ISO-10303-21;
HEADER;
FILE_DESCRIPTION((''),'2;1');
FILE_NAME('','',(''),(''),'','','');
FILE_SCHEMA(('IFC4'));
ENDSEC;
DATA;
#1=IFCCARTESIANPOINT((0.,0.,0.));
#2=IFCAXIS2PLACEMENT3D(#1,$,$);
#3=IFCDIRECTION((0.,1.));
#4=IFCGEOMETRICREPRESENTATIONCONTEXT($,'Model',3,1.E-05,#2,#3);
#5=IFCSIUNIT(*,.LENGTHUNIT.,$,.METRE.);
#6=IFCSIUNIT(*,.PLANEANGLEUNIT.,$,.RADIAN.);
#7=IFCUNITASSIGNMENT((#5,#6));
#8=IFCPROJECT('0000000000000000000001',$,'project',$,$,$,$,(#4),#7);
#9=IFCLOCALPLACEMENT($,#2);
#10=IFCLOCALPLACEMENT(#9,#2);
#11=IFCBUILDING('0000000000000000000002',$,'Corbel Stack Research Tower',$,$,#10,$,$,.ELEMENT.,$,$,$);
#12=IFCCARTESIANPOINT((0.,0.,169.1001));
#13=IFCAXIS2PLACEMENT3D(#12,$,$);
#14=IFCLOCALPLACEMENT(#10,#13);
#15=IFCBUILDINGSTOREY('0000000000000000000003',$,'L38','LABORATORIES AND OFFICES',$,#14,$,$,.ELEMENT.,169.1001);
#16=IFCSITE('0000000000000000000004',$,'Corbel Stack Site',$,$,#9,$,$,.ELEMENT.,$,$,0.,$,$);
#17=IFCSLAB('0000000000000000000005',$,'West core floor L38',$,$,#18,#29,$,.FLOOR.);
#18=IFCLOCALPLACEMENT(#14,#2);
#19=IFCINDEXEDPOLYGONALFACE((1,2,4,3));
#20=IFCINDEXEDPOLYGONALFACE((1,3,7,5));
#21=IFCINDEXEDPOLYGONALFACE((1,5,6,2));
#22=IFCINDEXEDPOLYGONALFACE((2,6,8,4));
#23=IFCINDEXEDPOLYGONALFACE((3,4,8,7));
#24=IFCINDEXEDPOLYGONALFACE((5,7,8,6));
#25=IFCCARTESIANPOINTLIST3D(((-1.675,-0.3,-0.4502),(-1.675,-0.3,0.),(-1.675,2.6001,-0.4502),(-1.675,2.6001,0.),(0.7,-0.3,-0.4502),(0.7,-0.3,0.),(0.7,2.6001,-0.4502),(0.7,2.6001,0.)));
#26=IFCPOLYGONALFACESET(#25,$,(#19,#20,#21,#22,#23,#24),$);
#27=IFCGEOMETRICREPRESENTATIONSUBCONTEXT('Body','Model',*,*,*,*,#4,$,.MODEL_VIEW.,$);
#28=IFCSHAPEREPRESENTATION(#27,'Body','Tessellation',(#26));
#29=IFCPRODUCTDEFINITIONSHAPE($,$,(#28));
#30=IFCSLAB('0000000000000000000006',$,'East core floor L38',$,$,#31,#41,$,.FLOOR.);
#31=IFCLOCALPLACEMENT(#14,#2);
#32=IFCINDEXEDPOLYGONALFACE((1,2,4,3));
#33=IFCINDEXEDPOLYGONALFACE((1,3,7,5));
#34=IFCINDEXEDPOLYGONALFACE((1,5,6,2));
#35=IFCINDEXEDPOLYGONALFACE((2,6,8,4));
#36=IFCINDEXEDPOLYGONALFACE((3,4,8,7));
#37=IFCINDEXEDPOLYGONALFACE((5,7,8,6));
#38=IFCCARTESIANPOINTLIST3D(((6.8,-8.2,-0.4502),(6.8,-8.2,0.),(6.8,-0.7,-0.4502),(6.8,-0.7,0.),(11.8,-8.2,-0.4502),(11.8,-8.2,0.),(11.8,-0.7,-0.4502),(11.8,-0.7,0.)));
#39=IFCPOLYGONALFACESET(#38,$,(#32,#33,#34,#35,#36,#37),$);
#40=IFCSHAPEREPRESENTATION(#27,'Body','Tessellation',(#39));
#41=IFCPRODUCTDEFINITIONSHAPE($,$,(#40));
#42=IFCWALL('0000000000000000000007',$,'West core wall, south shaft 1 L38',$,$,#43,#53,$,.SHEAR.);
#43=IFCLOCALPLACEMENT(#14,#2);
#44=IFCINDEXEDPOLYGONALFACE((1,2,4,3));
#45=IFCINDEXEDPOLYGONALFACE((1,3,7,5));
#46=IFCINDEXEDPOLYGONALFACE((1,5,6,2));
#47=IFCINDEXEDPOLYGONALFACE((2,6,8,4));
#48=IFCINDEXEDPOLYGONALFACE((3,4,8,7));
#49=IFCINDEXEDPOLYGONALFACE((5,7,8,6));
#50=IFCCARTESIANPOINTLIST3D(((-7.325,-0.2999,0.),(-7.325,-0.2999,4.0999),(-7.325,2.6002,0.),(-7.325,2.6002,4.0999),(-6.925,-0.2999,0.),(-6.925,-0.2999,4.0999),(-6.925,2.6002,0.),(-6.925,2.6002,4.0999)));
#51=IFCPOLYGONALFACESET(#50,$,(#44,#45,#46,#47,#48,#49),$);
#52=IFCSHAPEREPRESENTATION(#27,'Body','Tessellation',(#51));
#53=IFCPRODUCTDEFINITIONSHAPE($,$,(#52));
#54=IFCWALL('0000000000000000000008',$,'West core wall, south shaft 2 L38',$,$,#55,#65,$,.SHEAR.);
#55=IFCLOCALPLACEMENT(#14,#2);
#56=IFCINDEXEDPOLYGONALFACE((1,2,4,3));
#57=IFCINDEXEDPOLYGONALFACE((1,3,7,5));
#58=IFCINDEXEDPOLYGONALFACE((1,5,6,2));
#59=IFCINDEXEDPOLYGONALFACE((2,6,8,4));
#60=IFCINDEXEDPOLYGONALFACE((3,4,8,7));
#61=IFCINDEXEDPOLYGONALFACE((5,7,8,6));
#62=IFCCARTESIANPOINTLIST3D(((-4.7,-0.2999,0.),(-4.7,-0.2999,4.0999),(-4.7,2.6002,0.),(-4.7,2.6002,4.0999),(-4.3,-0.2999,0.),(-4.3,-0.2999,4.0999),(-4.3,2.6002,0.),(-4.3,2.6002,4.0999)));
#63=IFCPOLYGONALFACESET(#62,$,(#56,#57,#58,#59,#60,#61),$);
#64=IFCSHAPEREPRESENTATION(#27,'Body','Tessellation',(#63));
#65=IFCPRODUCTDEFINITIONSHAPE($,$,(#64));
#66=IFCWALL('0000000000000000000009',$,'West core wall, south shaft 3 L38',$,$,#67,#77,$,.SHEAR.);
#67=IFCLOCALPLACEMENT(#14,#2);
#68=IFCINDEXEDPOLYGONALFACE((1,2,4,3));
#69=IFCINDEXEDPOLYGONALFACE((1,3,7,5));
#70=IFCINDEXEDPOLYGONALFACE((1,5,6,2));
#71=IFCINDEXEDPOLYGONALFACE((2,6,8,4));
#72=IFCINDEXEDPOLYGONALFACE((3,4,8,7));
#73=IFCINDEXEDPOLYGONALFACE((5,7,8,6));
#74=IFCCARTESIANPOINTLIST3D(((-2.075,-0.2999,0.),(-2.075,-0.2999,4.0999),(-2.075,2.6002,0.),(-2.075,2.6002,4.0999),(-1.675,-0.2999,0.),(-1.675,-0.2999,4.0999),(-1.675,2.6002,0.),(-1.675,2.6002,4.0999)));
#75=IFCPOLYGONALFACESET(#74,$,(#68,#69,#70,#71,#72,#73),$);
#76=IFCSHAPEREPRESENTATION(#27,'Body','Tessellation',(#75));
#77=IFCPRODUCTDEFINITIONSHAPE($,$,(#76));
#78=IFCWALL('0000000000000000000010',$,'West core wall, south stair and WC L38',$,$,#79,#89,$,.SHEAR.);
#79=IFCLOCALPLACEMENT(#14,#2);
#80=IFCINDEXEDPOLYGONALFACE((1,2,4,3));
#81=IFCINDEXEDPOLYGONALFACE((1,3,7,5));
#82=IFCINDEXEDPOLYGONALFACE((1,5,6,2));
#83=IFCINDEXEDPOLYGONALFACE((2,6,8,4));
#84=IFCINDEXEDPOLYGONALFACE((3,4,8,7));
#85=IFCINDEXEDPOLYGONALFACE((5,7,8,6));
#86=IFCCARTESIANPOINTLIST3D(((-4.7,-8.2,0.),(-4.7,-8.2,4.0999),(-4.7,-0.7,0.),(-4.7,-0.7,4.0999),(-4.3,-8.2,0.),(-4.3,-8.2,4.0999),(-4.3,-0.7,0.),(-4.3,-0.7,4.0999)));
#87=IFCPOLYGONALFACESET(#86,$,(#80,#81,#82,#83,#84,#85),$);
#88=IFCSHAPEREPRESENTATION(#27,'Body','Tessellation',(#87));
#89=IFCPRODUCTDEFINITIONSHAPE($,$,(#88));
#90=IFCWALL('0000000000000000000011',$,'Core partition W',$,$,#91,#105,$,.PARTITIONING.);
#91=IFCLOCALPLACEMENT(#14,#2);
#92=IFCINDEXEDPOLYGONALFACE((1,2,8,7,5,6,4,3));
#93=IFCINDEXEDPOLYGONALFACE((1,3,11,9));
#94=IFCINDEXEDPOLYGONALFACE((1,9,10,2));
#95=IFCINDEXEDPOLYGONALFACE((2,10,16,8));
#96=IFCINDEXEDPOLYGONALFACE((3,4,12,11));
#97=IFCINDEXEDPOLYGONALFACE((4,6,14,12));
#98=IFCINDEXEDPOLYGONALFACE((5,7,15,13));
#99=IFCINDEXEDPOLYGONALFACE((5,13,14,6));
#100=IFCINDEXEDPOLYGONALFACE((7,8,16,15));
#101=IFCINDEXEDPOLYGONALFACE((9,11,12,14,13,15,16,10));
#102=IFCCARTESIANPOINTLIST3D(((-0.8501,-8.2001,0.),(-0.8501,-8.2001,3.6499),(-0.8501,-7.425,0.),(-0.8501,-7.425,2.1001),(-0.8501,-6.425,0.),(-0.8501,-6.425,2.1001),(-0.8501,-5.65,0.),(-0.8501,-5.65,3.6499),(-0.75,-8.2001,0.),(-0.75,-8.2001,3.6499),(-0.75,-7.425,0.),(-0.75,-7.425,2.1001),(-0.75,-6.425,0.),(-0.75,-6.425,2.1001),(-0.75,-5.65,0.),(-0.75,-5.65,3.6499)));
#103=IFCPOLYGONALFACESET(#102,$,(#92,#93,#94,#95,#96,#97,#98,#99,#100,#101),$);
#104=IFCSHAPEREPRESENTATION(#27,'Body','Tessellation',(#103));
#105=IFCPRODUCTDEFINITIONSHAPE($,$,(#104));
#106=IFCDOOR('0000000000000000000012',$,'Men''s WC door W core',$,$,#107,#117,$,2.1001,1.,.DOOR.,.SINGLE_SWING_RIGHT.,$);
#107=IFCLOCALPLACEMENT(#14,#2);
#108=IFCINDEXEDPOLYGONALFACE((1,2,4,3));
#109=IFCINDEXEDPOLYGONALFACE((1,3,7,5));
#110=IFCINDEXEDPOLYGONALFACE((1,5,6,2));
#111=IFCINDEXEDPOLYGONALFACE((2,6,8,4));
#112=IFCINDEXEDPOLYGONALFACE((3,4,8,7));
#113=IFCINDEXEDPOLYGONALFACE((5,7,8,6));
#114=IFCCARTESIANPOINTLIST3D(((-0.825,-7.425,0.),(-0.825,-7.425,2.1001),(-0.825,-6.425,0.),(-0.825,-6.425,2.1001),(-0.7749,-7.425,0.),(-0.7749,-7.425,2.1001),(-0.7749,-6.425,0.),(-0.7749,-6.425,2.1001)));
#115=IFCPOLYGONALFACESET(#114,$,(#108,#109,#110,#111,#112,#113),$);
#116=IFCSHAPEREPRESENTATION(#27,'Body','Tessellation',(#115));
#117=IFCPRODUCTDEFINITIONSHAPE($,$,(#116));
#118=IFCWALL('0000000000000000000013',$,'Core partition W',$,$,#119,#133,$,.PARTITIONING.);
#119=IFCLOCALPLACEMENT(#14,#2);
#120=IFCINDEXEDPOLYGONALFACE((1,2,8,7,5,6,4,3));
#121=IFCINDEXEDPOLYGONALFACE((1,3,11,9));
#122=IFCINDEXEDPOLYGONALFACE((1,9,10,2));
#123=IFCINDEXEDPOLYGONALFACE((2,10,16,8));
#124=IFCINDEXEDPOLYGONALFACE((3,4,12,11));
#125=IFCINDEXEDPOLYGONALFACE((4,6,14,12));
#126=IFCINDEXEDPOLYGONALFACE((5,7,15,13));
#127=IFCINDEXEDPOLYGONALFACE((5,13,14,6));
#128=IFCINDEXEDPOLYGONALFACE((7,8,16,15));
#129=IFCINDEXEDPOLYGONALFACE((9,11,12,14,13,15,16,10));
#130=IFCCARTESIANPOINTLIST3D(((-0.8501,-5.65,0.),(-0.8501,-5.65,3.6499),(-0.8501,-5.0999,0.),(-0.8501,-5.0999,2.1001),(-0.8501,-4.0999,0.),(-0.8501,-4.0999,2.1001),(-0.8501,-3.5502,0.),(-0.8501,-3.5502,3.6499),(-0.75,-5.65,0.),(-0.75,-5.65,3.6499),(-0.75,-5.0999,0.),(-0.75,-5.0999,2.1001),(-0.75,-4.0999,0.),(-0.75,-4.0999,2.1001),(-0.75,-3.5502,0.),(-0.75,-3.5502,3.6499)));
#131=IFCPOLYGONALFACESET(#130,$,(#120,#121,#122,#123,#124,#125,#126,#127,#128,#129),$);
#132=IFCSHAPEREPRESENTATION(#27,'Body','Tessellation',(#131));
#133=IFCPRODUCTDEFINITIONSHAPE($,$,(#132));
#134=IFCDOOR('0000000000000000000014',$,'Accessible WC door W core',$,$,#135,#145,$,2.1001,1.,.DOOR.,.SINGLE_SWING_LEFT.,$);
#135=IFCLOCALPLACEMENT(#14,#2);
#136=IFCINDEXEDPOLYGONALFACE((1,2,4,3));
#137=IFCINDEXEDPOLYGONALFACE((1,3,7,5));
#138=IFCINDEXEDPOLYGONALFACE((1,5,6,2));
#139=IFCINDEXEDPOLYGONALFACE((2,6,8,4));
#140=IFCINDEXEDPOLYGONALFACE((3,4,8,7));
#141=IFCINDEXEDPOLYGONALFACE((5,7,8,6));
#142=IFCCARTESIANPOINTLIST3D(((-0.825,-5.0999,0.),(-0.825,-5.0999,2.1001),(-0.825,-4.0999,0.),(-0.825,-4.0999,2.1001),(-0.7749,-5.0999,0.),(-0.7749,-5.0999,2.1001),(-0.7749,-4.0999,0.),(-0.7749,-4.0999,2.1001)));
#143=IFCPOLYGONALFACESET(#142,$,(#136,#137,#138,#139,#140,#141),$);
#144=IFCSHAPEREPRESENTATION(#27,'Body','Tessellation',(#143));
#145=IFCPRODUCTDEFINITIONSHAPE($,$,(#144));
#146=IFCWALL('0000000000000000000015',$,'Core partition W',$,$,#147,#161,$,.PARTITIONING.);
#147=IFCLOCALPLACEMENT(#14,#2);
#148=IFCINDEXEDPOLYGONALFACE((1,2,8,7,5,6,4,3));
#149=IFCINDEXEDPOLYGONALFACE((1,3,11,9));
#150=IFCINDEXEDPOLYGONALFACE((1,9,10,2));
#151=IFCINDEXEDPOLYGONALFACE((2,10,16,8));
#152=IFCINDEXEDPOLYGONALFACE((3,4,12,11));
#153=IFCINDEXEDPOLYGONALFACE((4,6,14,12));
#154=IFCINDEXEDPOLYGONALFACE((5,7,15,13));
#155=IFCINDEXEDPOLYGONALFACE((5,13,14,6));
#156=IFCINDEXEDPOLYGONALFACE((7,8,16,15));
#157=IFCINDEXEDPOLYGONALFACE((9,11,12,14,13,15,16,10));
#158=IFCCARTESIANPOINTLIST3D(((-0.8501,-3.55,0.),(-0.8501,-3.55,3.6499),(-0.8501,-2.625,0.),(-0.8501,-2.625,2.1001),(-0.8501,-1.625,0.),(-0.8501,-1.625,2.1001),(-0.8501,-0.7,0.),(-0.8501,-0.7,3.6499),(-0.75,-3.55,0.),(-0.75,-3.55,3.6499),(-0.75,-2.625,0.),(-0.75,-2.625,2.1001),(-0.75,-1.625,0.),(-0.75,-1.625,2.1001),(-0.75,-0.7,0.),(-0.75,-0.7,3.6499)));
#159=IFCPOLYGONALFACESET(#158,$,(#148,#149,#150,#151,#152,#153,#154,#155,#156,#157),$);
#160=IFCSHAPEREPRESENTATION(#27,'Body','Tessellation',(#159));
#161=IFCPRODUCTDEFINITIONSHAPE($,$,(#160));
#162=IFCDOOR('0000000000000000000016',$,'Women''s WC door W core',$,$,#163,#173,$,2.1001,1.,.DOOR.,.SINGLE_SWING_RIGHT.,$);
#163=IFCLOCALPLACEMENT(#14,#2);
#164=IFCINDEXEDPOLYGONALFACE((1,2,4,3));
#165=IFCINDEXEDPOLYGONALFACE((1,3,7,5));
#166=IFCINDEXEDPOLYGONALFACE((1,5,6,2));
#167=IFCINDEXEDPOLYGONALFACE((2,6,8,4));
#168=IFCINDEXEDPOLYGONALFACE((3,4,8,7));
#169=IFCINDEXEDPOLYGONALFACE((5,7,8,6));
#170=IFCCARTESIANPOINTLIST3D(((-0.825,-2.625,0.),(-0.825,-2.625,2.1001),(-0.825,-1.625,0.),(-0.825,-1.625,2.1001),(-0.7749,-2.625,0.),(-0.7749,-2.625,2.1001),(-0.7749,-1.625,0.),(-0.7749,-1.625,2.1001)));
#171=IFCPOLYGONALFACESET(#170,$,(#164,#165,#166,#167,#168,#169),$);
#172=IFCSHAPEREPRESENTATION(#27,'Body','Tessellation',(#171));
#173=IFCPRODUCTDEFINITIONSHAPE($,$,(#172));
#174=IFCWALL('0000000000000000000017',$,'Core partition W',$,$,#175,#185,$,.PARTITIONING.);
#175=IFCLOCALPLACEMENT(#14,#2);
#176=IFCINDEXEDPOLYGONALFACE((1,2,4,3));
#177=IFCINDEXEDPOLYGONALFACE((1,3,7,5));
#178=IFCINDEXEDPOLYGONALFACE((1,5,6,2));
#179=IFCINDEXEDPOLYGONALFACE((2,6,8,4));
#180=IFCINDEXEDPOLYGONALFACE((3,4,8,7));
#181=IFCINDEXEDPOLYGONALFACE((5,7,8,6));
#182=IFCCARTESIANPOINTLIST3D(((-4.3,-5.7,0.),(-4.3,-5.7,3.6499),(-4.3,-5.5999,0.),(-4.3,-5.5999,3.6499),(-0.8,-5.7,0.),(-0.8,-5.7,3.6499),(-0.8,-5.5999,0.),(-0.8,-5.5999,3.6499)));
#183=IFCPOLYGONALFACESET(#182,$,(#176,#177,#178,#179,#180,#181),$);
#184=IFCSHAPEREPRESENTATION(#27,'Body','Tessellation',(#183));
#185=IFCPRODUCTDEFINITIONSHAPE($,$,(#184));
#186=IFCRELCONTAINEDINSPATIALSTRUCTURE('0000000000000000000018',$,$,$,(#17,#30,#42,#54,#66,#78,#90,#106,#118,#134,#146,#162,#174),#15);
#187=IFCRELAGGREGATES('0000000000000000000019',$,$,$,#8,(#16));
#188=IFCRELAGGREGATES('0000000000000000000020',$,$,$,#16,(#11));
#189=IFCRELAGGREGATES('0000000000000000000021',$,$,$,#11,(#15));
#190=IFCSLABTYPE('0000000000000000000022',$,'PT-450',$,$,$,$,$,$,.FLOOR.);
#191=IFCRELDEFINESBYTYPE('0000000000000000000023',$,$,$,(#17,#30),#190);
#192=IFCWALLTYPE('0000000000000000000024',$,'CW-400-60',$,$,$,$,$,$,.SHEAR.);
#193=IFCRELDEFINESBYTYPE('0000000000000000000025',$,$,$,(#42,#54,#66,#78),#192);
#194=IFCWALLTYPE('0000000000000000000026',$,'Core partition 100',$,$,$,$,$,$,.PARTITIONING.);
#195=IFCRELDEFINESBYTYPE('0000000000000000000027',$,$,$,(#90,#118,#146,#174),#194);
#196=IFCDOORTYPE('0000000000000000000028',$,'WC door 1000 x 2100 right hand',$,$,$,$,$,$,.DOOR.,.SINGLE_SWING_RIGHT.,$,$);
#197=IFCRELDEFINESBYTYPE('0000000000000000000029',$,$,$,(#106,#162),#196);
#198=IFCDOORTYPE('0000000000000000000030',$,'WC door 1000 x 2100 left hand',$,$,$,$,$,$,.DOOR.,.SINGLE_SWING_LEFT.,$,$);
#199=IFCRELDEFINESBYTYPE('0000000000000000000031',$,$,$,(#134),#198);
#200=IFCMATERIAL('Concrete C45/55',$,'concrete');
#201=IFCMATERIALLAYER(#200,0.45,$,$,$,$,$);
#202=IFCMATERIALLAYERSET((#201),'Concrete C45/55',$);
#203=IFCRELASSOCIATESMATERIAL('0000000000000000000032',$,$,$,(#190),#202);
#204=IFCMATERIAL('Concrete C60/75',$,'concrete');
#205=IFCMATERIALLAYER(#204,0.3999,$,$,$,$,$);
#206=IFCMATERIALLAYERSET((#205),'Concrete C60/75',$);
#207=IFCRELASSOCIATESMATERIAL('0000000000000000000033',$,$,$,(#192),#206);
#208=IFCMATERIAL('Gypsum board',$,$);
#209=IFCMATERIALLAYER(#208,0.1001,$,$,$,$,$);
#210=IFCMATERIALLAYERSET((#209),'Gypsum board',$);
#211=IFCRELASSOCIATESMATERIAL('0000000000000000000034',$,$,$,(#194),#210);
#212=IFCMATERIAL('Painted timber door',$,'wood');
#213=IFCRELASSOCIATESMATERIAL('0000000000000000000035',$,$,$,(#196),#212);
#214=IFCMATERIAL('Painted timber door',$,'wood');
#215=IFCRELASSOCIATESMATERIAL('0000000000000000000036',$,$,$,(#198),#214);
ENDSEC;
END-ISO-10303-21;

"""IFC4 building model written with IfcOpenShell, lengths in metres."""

from ifc_helpers import new_model, si_unit, direction, frame, frame_2d, origin, place, context, subcontext, project, spatial, polyline, rectangle, outline, extrude, material, layer, layer_set, type_object, element, fill, save


model = new_model("IFC4")

# Units and contexts
model_context = context("Model", 3, precision=1e-05, world=origin(), true_north=direction((0.0, 1.0)))
body_context = subcontext(model_context, "Body", "Model", "MODEL_VIEW")
ifc_project = project(units=[si_unit("LENGTHUNIT", "METRE"), si_unit("PLANEANGLEUNIT", "RADIAN")], contexts=[model_context])

# Site, building, storey
site_placement = place(None, origin())
site = spatial("IfcSite", under=ifc_project, at=site_placement, Name="Corbel Stack Site", CompositionType="ELEMENT", RefElevation=0.0)
building_placement = place(site_placement, origin())
building = spatial("IfcBuilding", under=site, at=building_placement, Name="Corbel Stack Research Tower", CompositionType="ELEMENT")
storey_placement = place(building_placement, frame((0.0, 0.0, 169.1001)))
storey = spatial("IfcBuildingStorey", under=building, at=storey_placement, Name="L38", Description="LABORATORIES AND OFFICES", CompositionType="ELEMENT", Elevation=169.1001)

# Slabs
ifc_material_1 = material(Name="Concrete C45/55", Category="concrete")
ifc_layer_1 = layer(ifc_material_1, 0.45)
ifc_layer_set_1 = layer_set([ifc_layer_1], Name="Concrete C45/55")
slab_type = type_object("IfcSlabType", Name="PT-450", PredefinedType="FLOOR", material=ifc_layer_set_1)
slab_1_placement = place(storey_placement, frame((0.0, 0.0, -0.4502)))
element("IfcSlab", 1, at=slab_1_placement, inside=storey, type_object=slab_type, Name="West core floor L38", PredefinedType="FLOOR", context=body_context, shape_type="SweptSolid", body=[
    extrude(outline(polyline([(0.7, -0.3), (0.7, 2.6001), (-1.675, 2.6001), (-1.675, -0.3), (0.7, -0.3)])), origin(), (0.0, 0.0, 1.0), 0.4502),
])
slab_2_placement = place(storey_placement, frame((0.0, 0.0, -0.4502)))
element("IfcSlab", 2, at=slab_2_placement, inside=storey, type_object=slab_type, Name="East core floor L38", PredefinedType="FLOOR", context=body_context, shape_type="SweptSolid", body=[
    extrude(outline(polyline([(6.8, -0.7), (6.8, -8.2), (11.8, -8.2), (11.8, -0.7), (6.8, -0.7)])), origin(), (0.0, 0.0, 1.0), 0.4502),
])

# Walls
ifc_material_2 = material(Name="Concrete C60/75", Category="concrete")
ifc_layer_2 = layer(ifc_material_2, 0.3999)
ifc_layer_set_2 = layer_set([ifc_layer_2], Name="Concrete C60/75")
wall_type_1 = type_object("IfcWallType", Name="CW-400-60", PredefinedType="SHEAR", material=ifc_layer_set_2)
for number, where, z_axis, x_axis, name in (
    (3, (-7.125, -0.3, 0.0), (0.0, 0.0, 1.0), (0.0, 1.0, 0.0), "West core wall, south shaft 1 L38"),
    (4, (-4.5, -0.3, 0.0), (0.0, 0.0, 1.0), (0.0, 1.0, 0.0), "West core wall, south shaft 2 L38"),
    (5, (-1.875, -0.3, 0.0), (0.0, 0.0, 1.0), (0.0, 1.0, 0.0), "West core wall, south shaft 3 L38"),
):
    element("IfcWall", number, at=place(storey_placement, frame(where, z_axis=z_axis, x_axis=x_axis)), inside=storey, type_object=wall_type_1, Name=name, PredefinedType="SHEAR", context=body_context, shape_type="SweptSolid", body=[
        extrude(rectangle(XDim=2.9001, YDim=0.3999, at=frame_2d((1.4502, 0.0))), origin(), (0.0, 0.0, 1.0), 4.0999),
    ])
wall_1_placement = place(storey_placement, frame((-4.5, -8.2, 0.0), z_axis=(0.0, 0.0, 1.0), x_axis=(0.0, 1.0, 0.0)))
element("IfcWall", 6, at=wall_1_placement, inside=storey, type_object=wall_type_1, Name="West core wall, south stair and WC L38", PredefinedType="SHEAR", context=body_context, shape_type="SweptSolid", body=[
    extrude(rectangle(XDim=7.5, YDim=0.3999, at=frame_2d((3.75, 0.0))), origin(), (0.0, 0.0, 1.0), 4.0999),
])

# Walls, openings, doors
ifc_material_3 = material(Name="Gypsum board")
ifc_layer_3 = layer(ifc_material_3, 0.1001)
ifc_layer_set_3 = layer_set([ifc_layer_3], Name="Gypsum board")
wall_type_2 = type_object("IfcWallType", Name="Core partition 100", PredefinedType="PARTITIONING", material=ifc_layer_set_3)
wall_2_placement = place(storey_placement, frame((-0.8, -8.2, 0.0), z_axis=(0.0, 0.0, 1.0), x_axis=(0.0, 1.0, 0.0)))
wall_2 = element("IfcWall", 7, at=wall_2_placement, inside=storey, type_object=wall_type_2, Name="Core partition W", PredefinedType="PARTITIONING", context=body_context, shape_type="SweptSolid", body=[
    extrude(rectangle(XDim=2.55, YDim=0.1001, at=frame_2d((1.2749, 0.0))), origin(), (0.0, 0.0, 1.0), 3.6499),
])
opening_1_placement = place(wall_2_placement, frame((0.7749, 0.0, 0.0)))
opening_1 = element("IfcOpeningElement", 8, at=opening_1_placement, cuts=wall_2, PredefinedType="OPENING", context=body_context, shape_type="SweptSolid", body=[
    extrude(rectangle(XDim=1.0, YDim=2.1001, at=frame_2d((0.5, 1.05))), frame((0.0, 0.0601, 0.0), z_axis=(0.0, -1.0, 0.0), x_axis=(1.0, 0.0, 0.0)), (0.0, 0.0, 1.0), 0.1201),
])
ifc_material_4 = material(Name="Painted timber door", Category="wood")
door_type_1 = type_object("IfcDoorType", Name="WC door 1000 x 2100 right hand", OperationType="SINGLE_SWING_RIGHT", PredefinedType="DOOR", material=ifc_material_4)
door_1_placement = place(opening_1_placement, origin())
door_1 = element("IfcDoor", 9, at=door_1_placement, inside=storey, type_object=door_type_1, Name="Men's WC door W core", OperationType="SINGLE_SWING_RIGHT", OverallHeight=2.1001, OverallWidth=1.0, PredefinedType="DOOR", context=body_context, shape_type="SweptSolid", body=[
    extrude(rectangle(XDim=1.0, YDim=2.1001, at=frame_2d((0.5, 1.05))), frame((0.0, 0.0249, 0.0), z_axis=(0.0, -1.0, 0.0), x_axis=(1.0, 0.0, 0.0)), (0.0, 0.0, 1.0), 0.05),
])
fill(opening_1, door_1)
wall_3_placement = place(storey_placement, frame((-0.8, -5.6499, 0.0), z_axis=(0.0, 0.0, 1.0), x_axis=(0.0, 1.0, 0.0)))
wall_3 = element("IfcWall", 10, at=wall_3_placement, inside=storey, type_object=wall_type_2, Name="Core partition W", PredefinedType="PARTITIONING", context=body_context, shape_type="SweptSolid", body=[
    extrude(rectangle(XDim=2.0999, YDim=0.1001, at=frame_2d((1.0498, 0.0))), origin(), (0.0, 0.0, 1.0), 3.6499),
])
opening_2_placement = place(wall_3_placement, frame((0.55, 0.0, 0.0)))
opening_2 = element("IfcOpeningElement", 11, at=opening_2_placement, cuts=wall_3, PredefinedType="OPENING", context=body_context, shape_type="SweptSolid", body=[
    extrude(rectangle(XDim=1.0, YDim=2.1001, at=frame_2d((0.5, 1.05))), frame((0.0, 0.0601, 0.0), z_axis=(0.0, -1.0, 0.0), x_axis=(1.0, 0.0, 0.0)), (0.0, 0.0, 1.0), 0.1201),
])
ifc_material_5 = material(Name="Painted timber door", Category="wood")
door_type_2 = type_object("IfcDoorType", Name="WC door 1000 x 2100 left hand", OperationType="SINGLE_SWING_LEFT", PredefinedType="DOOR", material=ifc_material_5)
door_2_placement = place(opening_2_placement, origin())
door_2 = element("IfcDoor", 12, at=door_2_placement, inside=storey, type_object=door_type_2, Name="Accessible WC door W core", OperationType="SINGLE_SWING_LEFT", OverallHeight=2.1001, OverallWidth=1.0, PredefinedType="DOOR", context=body_context, shape_type="SweptSolid", body=[
    extrude(rectangle(XDim=1.0, YDim=2.1001, at=frame_2d((0.5, 1.05))), frame((0.0, 0.0249, 0.0), z_axis=(0.0, -1.0, 0.0), x_axis=(1.0, 0.0, 0.0)), (0.0, 0.0, 1.0), 0.05),
])
fill(opening_2, door_2)
wall_4_placement = place(storey_placement, frame((-0.8, -3.55, 0.0), z_axis=(0.0, 0.0, 1.0), x_axis=(0.0, 1.0, 0.0)))
wall_4 = element("IfcWall", 13, at=wall_4_placement, inside=storey, type_object=wall_type_2, Name="Core partition W", PredefinedType="PARTITIONING", context=body_context, shape_type="SweptSolid", body=[
    extrude(rectangle(XDim=2.8501, YDim=0.1001, at=frame_2d((1.425, 0.0))), origin(), (0.0, 0.0, 1.0), 3.6499),
])
opening_3_placement = place(wall_4_placement, frame((0.925, 0.0, 0.0)))
opening_3 = element("IfcOpeningElement", 14, at=opening_3_placement, cuts=wall_4, PredefinedType="OPENING", context=body_context, shape_type="SweptSolid", body=[
    extrude(rectangle(XDim=1.0, YDim=2.1001, at=frame_2d((0.5, 1.05))), frame((0.0, 0.0601, 0.0), z_axis=(0.0, -1.0, 0.0), x_axis=(1.0, 0.0, 0.0)), (0.0, 0.0, 1.0), 0.1201),
])
door_3_placement = place(opening_3_placement, origin())
door_3 = element("IfcDoor", 15, at=door_3_placement, inside=storey, type_object=door_type_1, Name="Women's WC door W core", OperationType="SINGLE_SWING_RIGHT", OverallHeight=2.1001, OverallWidth=1.0, PredefinedType="DOOR", context=body_context, shape_type="SweptSolid", body=[
    extrude(rectangle(XDim=1.0, YDim=2.1001, at=frame_2d((0.5, 1.05))), frame((0.0, 0.0249, 0.0), z_axis=(0.0, -1.0, 0.0), x_axis=(1.0, 0.0, 0.0)), (0.0, 0.0, 1.0), 0.05),
])
fill(opening_3, door_3)

# Wall
for number, where, z_axis, x_axis, name in (
    (16, (-4.3, -5.6499, 0.0), (0.0, 0.0, 1.0), (1.0, 0.0, 0.0), "Core partition W"),
):
    element("IfcWall", number, at=place(storey_placement, frame(where, z_axis=z_axis, x_axis=x_axis)), inside=storey, type_object=wall_type_2, Name=name, PredefinedType="PARTITIONING", context=body_context, shape_type="SweptSolid", body=[
        extrude(rectangle(XDim=3.5, YDim=0.1001, at=frame_2d((1.75, 0.0))), origin(), (0.0, 0.0, 1.0), 3.6499),
    ])

save(model, "model.ifc")
